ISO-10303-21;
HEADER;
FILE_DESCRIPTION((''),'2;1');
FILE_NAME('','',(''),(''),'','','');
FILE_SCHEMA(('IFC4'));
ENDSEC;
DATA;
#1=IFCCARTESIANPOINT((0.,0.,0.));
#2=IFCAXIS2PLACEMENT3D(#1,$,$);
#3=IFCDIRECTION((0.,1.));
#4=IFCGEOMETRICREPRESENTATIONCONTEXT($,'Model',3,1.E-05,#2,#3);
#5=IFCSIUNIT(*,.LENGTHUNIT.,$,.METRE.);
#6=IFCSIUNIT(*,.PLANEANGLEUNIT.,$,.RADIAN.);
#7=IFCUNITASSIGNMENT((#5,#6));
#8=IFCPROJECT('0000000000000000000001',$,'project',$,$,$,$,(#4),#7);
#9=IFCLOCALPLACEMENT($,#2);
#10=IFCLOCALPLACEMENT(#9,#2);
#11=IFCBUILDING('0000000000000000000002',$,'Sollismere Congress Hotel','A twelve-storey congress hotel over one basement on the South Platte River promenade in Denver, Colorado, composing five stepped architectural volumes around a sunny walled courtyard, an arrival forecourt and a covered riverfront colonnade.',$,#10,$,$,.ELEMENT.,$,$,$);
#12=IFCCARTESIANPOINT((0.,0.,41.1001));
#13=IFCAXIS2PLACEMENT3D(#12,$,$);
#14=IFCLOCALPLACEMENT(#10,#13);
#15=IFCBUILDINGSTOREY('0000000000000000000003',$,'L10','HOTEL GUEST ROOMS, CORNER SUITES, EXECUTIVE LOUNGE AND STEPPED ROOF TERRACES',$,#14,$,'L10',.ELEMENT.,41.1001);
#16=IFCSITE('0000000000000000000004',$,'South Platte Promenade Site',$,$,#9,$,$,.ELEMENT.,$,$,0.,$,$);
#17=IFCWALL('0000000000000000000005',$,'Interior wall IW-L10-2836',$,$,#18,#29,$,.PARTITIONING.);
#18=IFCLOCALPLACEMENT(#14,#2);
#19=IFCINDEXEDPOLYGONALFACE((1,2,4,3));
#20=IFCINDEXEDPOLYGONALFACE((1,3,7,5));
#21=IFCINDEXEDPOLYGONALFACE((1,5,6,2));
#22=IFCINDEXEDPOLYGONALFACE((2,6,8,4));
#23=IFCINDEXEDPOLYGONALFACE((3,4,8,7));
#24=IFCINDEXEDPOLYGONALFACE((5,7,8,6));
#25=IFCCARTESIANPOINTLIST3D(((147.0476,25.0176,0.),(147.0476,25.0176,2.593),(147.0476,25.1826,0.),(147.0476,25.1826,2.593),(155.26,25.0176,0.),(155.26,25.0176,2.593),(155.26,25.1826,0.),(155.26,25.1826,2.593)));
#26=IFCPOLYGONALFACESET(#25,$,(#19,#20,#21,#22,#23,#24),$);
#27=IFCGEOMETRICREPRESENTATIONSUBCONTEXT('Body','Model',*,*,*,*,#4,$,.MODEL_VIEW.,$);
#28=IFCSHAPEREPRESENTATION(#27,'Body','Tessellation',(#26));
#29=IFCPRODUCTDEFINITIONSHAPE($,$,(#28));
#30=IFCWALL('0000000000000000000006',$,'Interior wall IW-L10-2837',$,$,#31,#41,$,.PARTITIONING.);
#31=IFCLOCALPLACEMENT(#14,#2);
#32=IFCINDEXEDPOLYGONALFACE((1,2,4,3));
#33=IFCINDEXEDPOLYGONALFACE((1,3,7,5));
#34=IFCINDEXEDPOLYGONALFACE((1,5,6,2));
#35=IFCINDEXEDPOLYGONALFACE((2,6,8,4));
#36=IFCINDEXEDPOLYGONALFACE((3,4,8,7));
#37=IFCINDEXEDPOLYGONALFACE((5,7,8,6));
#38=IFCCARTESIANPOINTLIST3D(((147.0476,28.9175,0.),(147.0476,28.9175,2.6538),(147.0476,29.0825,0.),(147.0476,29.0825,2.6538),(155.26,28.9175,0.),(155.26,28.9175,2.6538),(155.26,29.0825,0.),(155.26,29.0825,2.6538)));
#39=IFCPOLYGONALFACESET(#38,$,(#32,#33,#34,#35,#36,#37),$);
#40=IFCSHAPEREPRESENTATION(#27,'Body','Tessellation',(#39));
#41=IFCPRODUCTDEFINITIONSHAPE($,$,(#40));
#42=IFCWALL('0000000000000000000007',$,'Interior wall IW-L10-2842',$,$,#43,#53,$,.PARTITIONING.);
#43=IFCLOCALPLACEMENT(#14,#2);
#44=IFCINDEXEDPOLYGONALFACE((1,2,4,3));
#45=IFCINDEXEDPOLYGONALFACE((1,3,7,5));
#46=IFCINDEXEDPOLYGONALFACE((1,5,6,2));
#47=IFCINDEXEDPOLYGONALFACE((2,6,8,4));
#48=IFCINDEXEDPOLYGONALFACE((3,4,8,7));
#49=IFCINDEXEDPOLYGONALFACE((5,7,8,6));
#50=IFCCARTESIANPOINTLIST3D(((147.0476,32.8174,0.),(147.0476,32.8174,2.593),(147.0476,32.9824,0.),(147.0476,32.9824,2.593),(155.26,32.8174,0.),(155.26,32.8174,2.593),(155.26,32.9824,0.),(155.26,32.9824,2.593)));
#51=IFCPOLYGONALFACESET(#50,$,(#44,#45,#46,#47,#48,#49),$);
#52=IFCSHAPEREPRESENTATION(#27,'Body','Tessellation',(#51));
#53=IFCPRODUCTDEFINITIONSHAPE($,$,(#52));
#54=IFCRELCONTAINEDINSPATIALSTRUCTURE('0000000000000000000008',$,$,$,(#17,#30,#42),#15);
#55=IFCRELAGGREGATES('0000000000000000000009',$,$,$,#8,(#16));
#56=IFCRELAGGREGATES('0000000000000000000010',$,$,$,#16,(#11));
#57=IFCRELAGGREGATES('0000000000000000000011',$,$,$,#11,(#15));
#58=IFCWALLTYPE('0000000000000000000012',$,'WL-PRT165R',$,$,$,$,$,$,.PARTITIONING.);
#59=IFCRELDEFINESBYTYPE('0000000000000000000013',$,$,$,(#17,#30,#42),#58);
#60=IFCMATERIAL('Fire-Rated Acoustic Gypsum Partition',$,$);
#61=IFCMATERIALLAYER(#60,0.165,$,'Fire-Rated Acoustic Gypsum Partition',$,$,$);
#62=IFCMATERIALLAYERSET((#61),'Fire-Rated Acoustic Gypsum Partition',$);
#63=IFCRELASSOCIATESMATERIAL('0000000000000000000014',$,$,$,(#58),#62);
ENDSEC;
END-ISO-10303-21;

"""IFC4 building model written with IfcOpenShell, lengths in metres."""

from ifc_helpers import new_model, si_unit, direction, frame, frame_2d, origin, place, context, subcontext, project, spatial, rectangle, extrude, material, layer, layer_set, type_object, element, save


model = new_model("IFC4")

# Units and contexts
model_context = context("Model", 3, precision=1e-05, world=origin(), true_north=direction((0.0, 1.0)))
body_context = subcontext(model_context, "Body", "Model", "MODEL_VIEW")
ifc_project = project(units=[si_unit("LENGTHUNIT", "METRE"), si_unit("PLANEANGLEUNIT", "RADIAN")], contexts=[model_context])

# Site, building, storey
site_placement = place(None, origin())
site = spatial("IfcSite", under=ifc_project, at=site_placement, Name="South Platte Promenade Site", CompositionType="ELEMENT", RefElevation=0.0)
building_placement = place(site_placement, origin())
building = spatial("IfcBuilding", under=site, at=building_placement, Name="Sollismere Congress Hotel", Description="A twelve-storey congress hotel over one basement on the South Platte River promenade in Denver, Colorado, composing five stepped architectural volumes around a sunny walled courtyard, an arrival forecourt and a covered riverfront colonnade.", CompositionType="ELEMENT")
storey_placement = place(building_placement, frame((0.0, 0.0, 41.1001)))
storey = spatial("IfcBuildingStorey", under=building, at=storey_placement, Name="L10", Description="HOTEL GUEST ROOMS, CORNER SUITES, EXECUTIVE LOUNGE AND STEPPED ROOF TERRACES", LongName="L10", CompositionType="ELEMENT", Elevation=41.1001)

# Walls
ifc_material_1 = material(Name="Fire-Rated Acoustic Gypsum Partition")
ifc_layer_1 = layer(ifc_material_1, 0.165, Name="Fire-Rated Acoustic Gypsum Partition")
ifc_layer_set_1 = layer_set([ifc_layer_1], Name="Fire-Rated Acoustic Gypsum Partition")
wall_type_1 = type_object("IfcWallType", Name="WL-PRT165R", PredefinedType="PARTITIONING", material=ifc_layer_set_1)
for number, where, z_axis, x_axis, name in (
    (1, (147.0476, 25.1001, 0.0), (0.0, 0.0, 1.0), (1.0, 0.0, 0.0), "Interior wall IW-L10-2836"),
):
    element("IfcWall", number, at=place(storey_placement, frame(where, z_axis=z_axis, x_axis=x_axis)), inside=storey, type_object=wall_type_1, Name=name, PredefinedType="PARTITIONING", context=body_context, shape_type="SweptSolid", body=[
        extrude(rectangle(XDim=8.2124, YDim=0.165, at=frame_2d((4.1062, 0.0))), origin(), (0.0, 0.0, 1.0), 2.593),
    ])
wall_1_placement = place(storey_placement, frame((147.0476, 29.0, 0.0), z_axis=(0.0, 0.0, 1.0), x_axis=(1.0, 0.0, 0.0)))
element("IfcWall", 2, at=wall_1_placement, inside=storey, type_object=wall_type_1, Name="Interior wall IW-L10-2837", PredefinedType="PARTITIONING", context=body_context, shape_type="SweptSolid", body=[
    extrude(rectangle(XDim=8.2124, YDim=0.165, at=frame_2d((4.1062, 0.0))), origin(), (0.0, 0.0, 1.0), 2.6538),
])
wall_2_placement = place(storey_placement, frame((147.0476, 32.8999, 0.0), z_axis=(0.0, 0.0, 1.0), x_axis=(1.0, 0.0, 0.0)))
element("IfcWall", 3, at=wall_2_placement, inside=storey, type_object=wall_type_1, Name="Interior wall IW-L10-2842", PredefinedType="PARTITIONING", context=body_context, shape_type="SweptSolid", body=[
    extrude(rectangle(XDim=8.2124, YDim=0.165, at=frame_2d((4.1062, 0.0))), origin(), (0.0, 0.0, 1.0), 2.593),
])

save(model, "model.ifc")
